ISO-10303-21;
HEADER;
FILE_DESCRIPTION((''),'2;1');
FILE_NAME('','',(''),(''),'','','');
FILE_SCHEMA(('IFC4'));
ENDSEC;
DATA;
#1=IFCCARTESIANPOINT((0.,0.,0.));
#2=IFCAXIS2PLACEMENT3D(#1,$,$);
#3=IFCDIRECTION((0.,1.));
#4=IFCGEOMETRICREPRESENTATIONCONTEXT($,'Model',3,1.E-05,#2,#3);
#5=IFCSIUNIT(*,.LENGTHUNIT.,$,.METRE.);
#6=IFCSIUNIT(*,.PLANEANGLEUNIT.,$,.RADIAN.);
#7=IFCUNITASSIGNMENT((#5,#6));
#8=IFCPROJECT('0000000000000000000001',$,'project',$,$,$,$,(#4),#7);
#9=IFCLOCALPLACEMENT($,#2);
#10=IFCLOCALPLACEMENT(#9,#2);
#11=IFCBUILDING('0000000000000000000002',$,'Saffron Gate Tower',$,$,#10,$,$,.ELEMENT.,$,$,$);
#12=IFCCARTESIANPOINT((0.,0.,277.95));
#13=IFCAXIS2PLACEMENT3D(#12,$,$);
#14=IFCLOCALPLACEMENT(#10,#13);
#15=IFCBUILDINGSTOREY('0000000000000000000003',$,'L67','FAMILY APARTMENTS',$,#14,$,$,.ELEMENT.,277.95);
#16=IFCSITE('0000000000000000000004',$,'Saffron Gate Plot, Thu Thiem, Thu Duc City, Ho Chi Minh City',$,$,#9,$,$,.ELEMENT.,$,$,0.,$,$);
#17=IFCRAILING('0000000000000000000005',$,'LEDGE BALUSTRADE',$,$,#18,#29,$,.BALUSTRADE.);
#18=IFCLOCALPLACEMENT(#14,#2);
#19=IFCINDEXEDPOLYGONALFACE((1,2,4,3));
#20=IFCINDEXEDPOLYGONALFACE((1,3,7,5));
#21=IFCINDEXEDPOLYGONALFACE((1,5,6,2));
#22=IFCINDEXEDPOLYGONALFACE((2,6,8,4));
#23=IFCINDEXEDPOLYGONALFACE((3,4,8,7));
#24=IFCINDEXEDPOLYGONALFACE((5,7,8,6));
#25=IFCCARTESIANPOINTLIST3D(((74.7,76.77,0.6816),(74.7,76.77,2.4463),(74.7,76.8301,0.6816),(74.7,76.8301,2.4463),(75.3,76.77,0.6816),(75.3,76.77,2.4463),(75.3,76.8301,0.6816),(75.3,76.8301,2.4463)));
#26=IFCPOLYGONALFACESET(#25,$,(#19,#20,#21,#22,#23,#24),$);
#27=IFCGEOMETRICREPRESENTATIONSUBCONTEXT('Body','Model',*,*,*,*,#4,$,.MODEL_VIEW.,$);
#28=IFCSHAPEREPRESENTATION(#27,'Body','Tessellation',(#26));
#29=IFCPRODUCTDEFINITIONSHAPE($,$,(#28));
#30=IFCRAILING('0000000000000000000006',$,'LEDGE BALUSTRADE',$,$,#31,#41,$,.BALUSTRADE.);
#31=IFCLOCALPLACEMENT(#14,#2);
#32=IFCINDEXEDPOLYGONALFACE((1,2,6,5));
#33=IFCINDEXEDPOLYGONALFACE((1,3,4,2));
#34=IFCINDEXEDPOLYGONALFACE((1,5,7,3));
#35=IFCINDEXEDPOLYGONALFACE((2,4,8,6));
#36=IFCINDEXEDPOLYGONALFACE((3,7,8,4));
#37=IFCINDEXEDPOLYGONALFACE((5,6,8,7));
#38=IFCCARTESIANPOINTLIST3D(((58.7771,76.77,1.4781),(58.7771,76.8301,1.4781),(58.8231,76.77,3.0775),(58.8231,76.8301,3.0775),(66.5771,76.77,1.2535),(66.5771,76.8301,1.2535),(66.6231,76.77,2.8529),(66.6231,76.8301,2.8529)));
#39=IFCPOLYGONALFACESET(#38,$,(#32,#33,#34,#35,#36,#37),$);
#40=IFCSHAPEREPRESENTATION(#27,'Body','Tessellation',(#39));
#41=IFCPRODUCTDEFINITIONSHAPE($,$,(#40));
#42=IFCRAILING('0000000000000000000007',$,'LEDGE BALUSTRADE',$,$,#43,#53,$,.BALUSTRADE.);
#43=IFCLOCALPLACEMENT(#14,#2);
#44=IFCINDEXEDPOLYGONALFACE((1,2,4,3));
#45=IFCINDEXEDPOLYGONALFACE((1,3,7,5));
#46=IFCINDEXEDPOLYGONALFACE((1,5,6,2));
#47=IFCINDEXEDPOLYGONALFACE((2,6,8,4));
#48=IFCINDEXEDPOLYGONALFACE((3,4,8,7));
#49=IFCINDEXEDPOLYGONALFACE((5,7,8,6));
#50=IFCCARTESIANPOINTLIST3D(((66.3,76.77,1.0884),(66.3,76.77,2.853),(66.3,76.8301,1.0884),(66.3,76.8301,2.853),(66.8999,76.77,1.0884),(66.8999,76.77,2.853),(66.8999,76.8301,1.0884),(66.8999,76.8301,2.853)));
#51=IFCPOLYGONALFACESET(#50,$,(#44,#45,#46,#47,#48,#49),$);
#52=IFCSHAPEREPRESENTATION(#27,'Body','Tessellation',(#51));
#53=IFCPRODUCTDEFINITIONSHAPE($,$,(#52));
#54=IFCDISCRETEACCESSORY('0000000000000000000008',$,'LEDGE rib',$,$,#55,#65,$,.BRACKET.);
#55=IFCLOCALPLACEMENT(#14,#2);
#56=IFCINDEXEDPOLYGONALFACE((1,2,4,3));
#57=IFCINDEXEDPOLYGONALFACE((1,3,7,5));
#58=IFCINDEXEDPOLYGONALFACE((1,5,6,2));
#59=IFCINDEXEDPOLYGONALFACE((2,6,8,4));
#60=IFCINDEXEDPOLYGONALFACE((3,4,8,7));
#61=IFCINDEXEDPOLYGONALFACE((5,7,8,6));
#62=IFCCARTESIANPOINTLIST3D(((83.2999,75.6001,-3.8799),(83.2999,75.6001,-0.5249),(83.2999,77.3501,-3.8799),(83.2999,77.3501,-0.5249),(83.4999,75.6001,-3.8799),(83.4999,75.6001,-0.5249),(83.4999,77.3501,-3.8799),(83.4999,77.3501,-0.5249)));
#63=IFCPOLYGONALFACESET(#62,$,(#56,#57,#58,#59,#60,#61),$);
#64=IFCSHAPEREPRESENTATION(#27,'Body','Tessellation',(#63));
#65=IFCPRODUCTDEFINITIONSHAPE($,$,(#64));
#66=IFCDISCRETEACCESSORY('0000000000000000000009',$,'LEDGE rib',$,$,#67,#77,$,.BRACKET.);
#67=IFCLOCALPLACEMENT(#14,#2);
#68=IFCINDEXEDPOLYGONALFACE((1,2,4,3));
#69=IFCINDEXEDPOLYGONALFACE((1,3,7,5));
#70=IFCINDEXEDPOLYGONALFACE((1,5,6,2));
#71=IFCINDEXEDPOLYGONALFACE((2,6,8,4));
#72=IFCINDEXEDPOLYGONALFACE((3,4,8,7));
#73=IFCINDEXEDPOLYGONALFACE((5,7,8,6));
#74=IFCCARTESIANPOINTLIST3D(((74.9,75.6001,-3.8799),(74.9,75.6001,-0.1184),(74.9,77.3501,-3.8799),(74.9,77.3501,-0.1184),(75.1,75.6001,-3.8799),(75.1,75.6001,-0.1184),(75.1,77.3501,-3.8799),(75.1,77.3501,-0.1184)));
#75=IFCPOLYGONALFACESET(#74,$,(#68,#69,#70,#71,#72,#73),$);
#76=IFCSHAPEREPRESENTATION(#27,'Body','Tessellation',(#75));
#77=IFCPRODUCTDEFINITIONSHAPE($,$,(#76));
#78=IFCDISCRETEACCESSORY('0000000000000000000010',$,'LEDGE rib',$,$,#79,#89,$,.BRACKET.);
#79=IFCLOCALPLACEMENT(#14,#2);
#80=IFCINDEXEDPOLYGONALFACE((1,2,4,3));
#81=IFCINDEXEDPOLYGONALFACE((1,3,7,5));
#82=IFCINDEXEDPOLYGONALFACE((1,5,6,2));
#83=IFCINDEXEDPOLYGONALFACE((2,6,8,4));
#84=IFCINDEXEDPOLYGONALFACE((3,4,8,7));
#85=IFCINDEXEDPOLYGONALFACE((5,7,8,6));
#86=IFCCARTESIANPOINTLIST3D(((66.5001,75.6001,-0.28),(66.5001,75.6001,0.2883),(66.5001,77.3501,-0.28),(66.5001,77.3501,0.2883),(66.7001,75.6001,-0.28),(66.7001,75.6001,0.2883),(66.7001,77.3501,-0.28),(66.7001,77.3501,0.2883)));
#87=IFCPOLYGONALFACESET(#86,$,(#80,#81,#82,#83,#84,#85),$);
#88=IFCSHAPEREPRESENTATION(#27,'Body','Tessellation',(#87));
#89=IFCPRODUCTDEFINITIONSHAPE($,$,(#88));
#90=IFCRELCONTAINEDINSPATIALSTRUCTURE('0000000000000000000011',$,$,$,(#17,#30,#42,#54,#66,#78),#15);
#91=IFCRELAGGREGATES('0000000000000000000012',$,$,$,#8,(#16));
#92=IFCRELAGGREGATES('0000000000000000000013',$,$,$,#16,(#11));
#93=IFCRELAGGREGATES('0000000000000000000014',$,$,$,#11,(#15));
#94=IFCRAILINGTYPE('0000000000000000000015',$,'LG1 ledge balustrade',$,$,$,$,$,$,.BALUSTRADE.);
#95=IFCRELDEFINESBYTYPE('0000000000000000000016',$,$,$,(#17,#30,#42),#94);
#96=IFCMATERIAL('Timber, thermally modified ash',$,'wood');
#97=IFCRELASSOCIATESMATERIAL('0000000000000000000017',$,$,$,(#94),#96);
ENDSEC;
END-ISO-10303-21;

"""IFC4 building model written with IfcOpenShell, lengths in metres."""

from ifc_helpers import new_model, si_unit, direction, frame, origin, origin_2d, place, context, subcontext, project, spatial, rectangle, extrude, material, type_object, element, save


model = new_model("IFC4")

# Units and contexts
model_context = context("Model", 3, precision=1e-05, world=origin(), true_north=direction((0.0, 1.0)))
body_context = subcontext(model_context, "Body", "Model", "MODEL_VIEW")
ifc_project = project(units=[si_unit("LENGTHUNIT", "METRE"), si_unit("PLANEANGLEUNIT", "RADIAN")], contexts=[model_context])

# Site, building, storey
site_placement = place(None, origin())
site = spatial("IfcSite", under=ifc_project, at=site_placement, Name="Saffron Gate Plot, Thu Thiem, Thu Duc City, Ho Chi Minh City", CompositionType="ELEMENT", RefElevation=0.0)
building_placement = place(site_placement, origin())
building = spatial("IfcBuilding", under=site, at=building_placement, Name="Saffron Gate Tower", CompositionType="ELEMENT")
storey_placement = place(building_placement, frame((0.0, 0.0, 277.95)))
storey = spatial("IfcBuildingStorey", under=building, at=storey_placement, Name="L67", Description="FAMILY APARTMENTS", CompositionType="ELEMENT", Elevation=277.95)

# Shared definitions
ifc_material_1 = material(Name="Timber, thermally modified ash", Category="wood")

# Railings
railing_type = type_object("IfcRailingType", Name="LG1 ledge balustrade", PredefinedType="BALUSTRADE", material=ifc_material_1)
railing_1_placement = place(storey_placement, frame((75.3, 76.8, 0.6816)))
element("IfcRailing", 1, at=railing_1_placement, inside=storey, type_object=railing_type, Name="LEDGE BALUSTRADE", PredefinedType="BALUSTRADE", context=body_context, shape_type="SweptSolid", body=[
    extrude(rectangle(XDim=0.0601, YDim=1.7646, at=origin_2d()), frame((0.0, 0.0, 0.8823), z_axis=(-1.0, 0.0, 0.0), x_axis=(0.0, -1.0, 0.0)), (0.0, 0.0, 1.0), 0.6001),
])
railing_2_placement = place(storey_placement, frame((66.6001, 76.8, 1.2532)))
element("IfcRailing", 2, at=railing_2_placement, inside=storey, type_object=railing_type, Name="LEDGE BALUSTRADE", PredefinedType="BALUSTRADE", context=body_context, shape_type="SweptSolid", body=[
    extrude(rectangle(XDim=0.0601, YDim=1.6001, at=origin_2d()), frame((0.0, 0.0, 0.8), z_axis=(-0.999586, 0.0, 0.028784), x_axis=(0.0, -1.0, 0.0)), (0.0, 0.0, 1.0), 7.8032),
])
railing_3_placement = place(storey_placement, frame((66.8999, 76.8, 1.0884)))
element("IfcRailing", 3, at=railing_3_placement, inside=storey, type_object=railing_type, Name="LEDGE BALUSTRADE", PredefinedType="BALUSTRADE", context=body_context, shape_type="SweptSolid", body=[
    extrude(rectangle(XDim=0.0601, YDim=1.7646, at=origin_2d()), frame((0.0, 0.0, 0.8823), z_axis=(-1.0, 0.0, 0.0), x_axis=(0.0, -1.0, 0.0)), (0.0, 0.0, 1.0), 0.5999),
])

# Discrete accessories
discrete_accessory_1_placement = place(storey_placement, frame((83.3999, 76.4751, -3.8799), z_axis=(0.0, 0.0, 1.0), x_axis=(-1.0, 0.0, 0.0)))
element("IfcDiscreteAccessory", 4, at=discrete_accessory_1_placement, inside=storey, Name="LEDGE rib", PredefinedType="BRACKET", context=body_context, shape_type="SweptSolid", body=[
    extrude(rectangle(XDim=0.2, YDim=1.75, at=origin_2d()), origin(), (0.0, 0.0, 1.0), 3.355),
])
discrete_accessory_2_placement = place(storey_placement, frame((75.0, 76.4751, -3.8799), z_axis=(0.0, 0.0, 1.0), x_axis=(-1.0, 0.0, 0.0)))
element("IfcDiscreteAccessory", 5, at=discrete_accessory_2_placement, inside=storey, Name="LEDGE rib", PredefinedType="BRACKET", context=body_context, shape_type="SweptSolid", body=[
    extrude(rectangle(XDim=0.2, YDim=1.75, at=origin_2d()), origin(), (0.0, 0.0, 1.0), 3.7615),
])
discrete_accessory_3_placement = place(storey_placement, frame((66.6001, 76.4751, -0.28), z_axis=(0.0, 0.0, 1.0), x_axis=(-1.0, 0.0, 0.0)))
element("IfcDiscreteAccessory", 6, at=discrete_accessory_3_placement, inside=storey, Name="LEDGE rib", PredefinedType="BRACKET", context=body_context, shape_type="SweptSolid", body=[
    extrude(rectangle(XDim=0.2, YDim=1.75, at=origin_2d()), origin(), (0.0, 0.0, 1.0), 0.5684),
])

save(model, "model.ifc")
